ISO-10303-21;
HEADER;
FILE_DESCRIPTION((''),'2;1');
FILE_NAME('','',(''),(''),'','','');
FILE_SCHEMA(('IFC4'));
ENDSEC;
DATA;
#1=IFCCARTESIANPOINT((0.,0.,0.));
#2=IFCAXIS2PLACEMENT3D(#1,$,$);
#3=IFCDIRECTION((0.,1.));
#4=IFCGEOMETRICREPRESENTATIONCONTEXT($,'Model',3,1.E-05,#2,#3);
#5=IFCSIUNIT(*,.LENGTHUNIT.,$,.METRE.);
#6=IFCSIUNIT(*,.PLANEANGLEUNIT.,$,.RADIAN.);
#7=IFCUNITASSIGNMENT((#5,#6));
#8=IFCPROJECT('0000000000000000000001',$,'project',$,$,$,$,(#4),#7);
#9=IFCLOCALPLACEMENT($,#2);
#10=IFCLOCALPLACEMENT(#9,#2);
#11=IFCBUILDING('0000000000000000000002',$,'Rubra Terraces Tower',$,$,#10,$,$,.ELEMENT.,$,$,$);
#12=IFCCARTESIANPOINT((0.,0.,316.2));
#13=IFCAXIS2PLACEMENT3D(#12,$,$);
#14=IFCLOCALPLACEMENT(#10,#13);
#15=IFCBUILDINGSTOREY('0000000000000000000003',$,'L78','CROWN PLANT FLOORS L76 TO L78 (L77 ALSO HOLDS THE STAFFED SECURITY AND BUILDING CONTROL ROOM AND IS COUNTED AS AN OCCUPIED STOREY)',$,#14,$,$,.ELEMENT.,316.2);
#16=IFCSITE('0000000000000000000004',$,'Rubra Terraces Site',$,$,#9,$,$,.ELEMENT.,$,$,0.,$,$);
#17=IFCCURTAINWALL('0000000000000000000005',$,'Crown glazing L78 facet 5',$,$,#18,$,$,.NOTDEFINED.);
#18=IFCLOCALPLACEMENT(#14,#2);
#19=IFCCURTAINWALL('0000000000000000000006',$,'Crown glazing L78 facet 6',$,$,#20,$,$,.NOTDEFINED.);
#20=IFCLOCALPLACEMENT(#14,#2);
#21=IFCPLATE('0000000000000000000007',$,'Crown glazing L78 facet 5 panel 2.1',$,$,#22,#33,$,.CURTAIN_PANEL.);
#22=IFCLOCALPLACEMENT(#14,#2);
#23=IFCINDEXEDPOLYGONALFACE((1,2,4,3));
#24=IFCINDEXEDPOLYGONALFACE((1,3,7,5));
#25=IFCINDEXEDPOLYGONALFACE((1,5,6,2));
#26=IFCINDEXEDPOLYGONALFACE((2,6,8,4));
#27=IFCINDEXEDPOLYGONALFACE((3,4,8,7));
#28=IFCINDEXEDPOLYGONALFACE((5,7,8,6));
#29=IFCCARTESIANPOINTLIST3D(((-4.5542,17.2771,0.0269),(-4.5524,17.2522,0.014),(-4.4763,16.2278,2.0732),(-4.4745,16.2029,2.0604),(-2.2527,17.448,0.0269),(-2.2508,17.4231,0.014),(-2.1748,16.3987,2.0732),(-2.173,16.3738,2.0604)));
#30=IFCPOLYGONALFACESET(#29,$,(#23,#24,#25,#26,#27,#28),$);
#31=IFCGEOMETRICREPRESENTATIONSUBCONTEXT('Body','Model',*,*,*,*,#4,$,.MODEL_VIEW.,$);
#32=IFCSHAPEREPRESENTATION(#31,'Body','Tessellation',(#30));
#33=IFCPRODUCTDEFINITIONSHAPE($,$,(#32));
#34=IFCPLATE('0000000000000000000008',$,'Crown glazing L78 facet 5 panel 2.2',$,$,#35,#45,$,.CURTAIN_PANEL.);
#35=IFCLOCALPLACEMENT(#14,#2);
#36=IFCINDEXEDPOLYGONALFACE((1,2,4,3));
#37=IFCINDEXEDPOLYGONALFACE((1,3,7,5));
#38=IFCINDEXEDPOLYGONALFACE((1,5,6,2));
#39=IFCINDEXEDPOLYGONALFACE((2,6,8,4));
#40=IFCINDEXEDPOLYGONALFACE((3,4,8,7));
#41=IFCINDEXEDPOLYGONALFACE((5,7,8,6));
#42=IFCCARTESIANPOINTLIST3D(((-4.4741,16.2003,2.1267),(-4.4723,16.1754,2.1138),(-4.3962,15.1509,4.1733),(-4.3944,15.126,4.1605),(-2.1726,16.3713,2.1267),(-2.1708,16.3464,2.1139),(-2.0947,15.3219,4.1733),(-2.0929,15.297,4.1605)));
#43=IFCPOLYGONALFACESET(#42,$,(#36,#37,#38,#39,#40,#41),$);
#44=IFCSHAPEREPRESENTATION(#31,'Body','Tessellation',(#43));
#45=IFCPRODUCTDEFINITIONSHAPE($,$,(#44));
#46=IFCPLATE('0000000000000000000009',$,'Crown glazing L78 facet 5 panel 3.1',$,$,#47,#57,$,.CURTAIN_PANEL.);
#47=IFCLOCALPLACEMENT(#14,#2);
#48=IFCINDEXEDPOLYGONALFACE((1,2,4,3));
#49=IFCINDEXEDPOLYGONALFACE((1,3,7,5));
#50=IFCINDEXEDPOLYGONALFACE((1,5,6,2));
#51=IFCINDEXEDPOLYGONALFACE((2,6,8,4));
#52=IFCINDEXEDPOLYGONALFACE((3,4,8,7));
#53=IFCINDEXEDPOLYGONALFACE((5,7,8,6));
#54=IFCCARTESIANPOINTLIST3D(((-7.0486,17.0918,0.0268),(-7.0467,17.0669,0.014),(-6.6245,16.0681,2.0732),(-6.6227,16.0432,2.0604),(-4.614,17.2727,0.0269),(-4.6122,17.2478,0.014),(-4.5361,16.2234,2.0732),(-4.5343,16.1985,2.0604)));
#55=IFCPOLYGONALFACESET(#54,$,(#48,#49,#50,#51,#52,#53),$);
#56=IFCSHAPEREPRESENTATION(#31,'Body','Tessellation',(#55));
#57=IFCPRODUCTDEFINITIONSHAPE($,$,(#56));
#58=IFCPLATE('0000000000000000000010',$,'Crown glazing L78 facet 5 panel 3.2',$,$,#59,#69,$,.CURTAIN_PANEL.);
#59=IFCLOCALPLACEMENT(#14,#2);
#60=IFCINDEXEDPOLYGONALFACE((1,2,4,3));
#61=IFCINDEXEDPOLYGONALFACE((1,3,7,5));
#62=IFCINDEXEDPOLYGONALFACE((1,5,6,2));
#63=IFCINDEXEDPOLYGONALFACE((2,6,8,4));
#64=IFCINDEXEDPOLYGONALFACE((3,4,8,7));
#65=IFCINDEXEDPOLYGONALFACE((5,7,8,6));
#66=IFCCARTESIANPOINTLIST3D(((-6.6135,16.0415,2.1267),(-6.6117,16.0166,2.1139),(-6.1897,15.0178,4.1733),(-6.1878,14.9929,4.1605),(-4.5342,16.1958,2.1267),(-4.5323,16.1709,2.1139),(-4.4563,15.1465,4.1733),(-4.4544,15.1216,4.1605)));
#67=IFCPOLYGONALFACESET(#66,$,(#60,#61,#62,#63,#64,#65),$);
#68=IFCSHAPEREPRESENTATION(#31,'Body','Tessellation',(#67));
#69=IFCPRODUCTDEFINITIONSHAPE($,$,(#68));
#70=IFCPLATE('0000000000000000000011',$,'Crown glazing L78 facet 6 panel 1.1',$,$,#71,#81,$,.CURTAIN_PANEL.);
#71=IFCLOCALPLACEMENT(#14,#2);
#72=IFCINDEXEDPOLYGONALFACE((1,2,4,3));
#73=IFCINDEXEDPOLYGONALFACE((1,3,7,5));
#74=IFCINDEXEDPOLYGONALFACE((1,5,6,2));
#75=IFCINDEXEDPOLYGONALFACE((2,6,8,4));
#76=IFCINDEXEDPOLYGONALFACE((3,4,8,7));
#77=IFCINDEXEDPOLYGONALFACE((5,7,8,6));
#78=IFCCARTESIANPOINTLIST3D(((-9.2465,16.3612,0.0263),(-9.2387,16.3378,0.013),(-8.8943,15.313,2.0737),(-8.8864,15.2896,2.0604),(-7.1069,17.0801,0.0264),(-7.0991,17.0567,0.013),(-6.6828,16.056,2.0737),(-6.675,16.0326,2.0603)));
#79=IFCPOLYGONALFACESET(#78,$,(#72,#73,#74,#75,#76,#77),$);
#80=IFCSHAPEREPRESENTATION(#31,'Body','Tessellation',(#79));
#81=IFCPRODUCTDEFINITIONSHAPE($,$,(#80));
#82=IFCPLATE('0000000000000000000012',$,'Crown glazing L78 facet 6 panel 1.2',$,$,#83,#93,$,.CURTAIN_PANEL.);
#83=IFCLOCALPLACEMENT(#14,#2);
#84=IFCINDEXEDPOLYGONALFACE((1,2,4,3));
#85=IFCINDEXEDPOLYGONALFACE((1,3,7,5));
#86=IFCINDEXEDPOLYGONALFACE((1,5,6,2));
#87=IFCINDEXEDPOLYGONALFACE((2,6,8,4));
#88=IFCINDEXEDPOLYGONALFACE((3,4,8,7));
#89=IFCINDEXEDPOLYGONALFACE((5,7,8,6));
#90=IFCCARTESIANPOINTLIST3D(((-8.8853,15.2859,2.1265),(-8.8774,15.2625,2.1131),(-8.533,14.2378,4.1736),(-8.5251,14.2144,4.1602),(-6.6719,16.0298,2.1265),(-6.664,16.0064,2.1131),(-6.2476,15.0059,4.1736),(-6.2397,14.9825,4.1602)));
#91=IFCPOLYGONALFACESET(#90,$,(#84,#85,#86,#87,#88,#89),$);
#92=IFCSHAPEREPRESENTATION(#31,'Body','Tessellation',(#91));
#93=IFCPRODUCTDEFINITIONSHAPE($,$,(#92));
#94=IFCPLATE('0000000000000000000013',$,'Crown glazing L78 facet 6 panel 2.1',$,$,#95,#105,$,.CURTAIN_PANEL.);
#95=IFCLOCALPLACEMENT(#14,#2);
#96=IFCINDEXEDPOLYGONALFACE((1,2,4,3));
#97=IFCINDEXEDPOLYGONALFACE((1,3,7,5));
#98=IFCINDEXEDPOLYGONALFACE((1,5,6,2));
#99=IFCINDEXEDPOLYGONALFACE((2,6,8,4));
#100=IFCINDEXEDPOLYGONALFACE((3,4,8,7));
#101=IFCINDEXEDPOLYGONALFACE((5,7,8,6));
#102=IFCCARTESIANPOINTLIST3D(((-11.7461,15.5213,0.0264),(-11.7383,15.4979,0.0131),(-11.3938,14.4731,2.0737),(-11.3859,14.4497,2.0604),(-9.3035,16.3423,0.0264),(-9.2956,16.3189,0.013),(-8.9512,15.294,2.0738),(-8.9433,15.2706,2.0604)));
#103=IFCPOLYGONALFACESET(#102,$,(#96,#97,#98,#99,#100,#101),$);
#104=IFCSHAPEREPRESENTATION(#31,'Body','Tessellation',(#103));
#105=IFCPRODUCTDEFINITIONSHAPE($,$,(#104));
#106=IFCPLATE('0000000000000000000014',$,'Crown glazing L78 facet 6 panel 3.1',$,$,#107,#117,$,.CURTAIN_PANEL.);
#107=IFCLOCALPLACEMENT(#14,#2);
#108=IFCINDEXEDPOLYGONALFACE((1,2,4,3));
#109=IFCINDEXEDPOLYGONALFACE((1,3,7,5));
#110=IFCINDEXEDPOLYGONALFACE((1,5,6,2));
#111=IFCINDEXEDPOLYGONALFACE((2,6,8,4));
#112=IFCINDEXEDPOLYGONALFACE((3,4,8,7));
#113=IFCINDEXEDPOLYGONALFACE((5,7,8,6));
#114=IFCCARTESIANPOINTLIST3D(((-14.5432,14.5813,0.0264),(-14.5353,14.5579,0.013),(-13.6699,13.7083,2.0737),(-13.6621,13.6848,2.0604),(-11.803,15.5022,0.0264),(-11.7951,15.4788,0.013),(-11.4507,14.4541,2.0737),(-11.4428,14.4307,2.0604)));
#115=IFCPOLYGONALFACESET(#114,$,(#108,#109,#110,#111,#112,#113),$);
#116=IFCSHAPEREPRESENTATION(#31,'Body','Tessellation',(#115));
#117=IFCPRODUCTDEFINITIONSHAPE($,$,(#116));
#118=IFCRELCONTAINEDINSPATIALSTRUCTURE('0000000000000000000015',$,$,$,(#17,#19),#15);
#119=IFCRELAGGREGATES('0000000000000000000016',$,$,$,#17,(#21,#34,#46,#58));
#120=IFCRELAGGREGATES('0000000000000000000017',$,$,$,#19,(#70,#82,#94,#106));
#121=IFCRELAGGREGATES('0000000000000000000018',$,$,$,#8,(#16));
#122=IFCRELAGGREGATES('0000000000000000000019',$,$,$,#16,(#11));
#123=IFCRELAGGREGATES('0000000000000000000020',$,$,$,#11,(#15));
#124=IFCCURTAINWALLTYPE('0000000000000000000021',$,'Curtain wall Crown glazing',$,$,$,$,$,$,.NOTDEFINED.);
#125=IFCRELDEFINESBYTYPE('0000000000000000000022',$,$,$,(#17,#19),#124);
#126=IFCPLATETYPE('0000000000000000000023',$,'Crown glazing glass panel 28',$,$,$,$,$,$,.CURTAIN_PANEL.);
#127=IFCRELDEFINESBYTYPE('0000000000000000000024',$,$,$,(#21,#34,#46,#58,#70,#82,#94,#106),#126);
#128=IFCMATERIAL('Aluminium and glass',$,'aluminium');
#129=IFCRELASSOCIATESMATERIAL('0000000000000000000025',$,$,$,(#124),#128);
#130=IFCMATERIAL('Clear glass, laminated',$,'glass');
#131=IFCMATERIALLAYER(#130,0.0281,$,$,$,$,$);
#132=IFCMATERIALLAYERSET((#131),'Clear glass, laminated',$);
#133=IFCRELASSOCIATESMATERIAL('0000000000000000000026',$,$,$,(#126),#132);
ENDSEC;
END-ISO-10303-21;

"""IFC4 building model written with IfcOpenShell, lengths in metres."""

from ifc_helpers import new_model, si_unit, direction, frame, origin, place, context, subcontext, project, spatial, polyline, outline, extrude, material, layer, layer_set, type_object, element, aggregate, save


model = new_model("IFC4")

# Units and contexts
model_context = context("Model", 3, precision=1e-05, world=origin(), true_north=direction((0.0, 1.0)))
body_context = subcontext(model_context, "Body", "Model", "MODEL_VIEW")
ifc_project = project(units=[si_unit("LENGTHUNIT", "METRE"), si_unit("PLANEANGLEUNIT", "RADIAN")], contexts=[model_context])

# Site, building, storey
site_placement = place(None, origin())
site = spatial("IfcSite", under=ifc_project, at=site_placement, Name="Rubra Terraces Site", CompositionType="ELEMENT", RefElevation=0.0)
building_placement = place(site_placement, origin())
building = spatial("IfcBuilding", under=site, at=building_placement, Name="Rubra Terraces Tower", CompositionType="ELEMENT")
storey_placement = place(building_placement, frame((0.0, 0.0, 316.2)))
storey = spatial("IfcBuildingStorey", under=building, at=storey_placement, Name="L78", Description="CROWN PLANT FLOORS L76 TO L78 (L77 ALSO HOLDS THE STAFFED SECURITY AND BUILDING CONTROL ROOM AND IS COUNTED AS AN OCCUPIED STOREY)", CompositionType="ELEMENT", Elevation=316.2)

# Curtain walls
ifc_material_1 = material(Name="Aluminium and glass", Category="aluminium")
curtain_wall_type = type_object("IfcCurtainWallType", Name="Curtain wall Crown glazing", PredefinedType="NOTDEFINED", material=ifc_material_1)
curtain_wall_1_placement = place(storey_placement, origin())
curtain_wall_1 = element("IfcCurtainWall", 1, at=curtain_wall_1_placement, inside=storey, type_object=curtain_wall_type, Name="Crown glazing L78 facet 5", PredefinedType="NOTDEFINED")
curtain_wall_2_placement = place(storey_placement, origin())
curtain_wall_2 = element("IfcCurtainWall", 2, at=curtain_wall_2_placement, inside=storey, type_object=curtain_wall_type, Name="Crown glazing L78 facet 6", PredefinedType="NOTDEFINED")

# Plates
ifc_material_2 = material(Name="Clear glass, laminated", Category="glass")
ifc_layer = layer(ifc_material_2, 0.0281)
ifc_layer_set = layer_set([ifc_layer], Name="Clear glass, laminated")
plate_type = type_object("IfcPlateType", Name="Crown glazing glass panel 28", PredefinedType="CURTAIN_PANEL", material=ifc_layer_set)
plate_1_placement = place(storey_placement, frame((-2.2527, 17.448, 0.0269), z_axis=(-0.065856, 0.886886, 0.457271), x_axis=(-0.997254, -0.074051, 0.0)))
plate_1 = element("IfcPlate", 3, at=plate_1_placement, type_object=plate_type, Name="Crown glazing L78 facet 5 panel 2.1", PredefinedType="CURTAIN_PANEL", context=body_context, shape_type="SweptSolid", body=[
    extrude(outline(polyline([(0.0, 0.0), (2.3078, 0.0), (2.3079, 2.301), (0.0, 2.301), (0.0, 0.0)])), origin(), (0.0, 0.0, -1.0), 0.0281),
])
plate_2_placement = place(storey_placement, frame((-2.1726, 16.3713, 2.1267), z_axis=(-0.065902, 0.886883, 0.457269), x_axis=(-0.997251, -0.074093, -0.000021)))
plate_2 = element("IfcPlate", 4, at=plate_2_placement, type_object=plate_type, Name="Crown glazing L78 facet 5 panel 2.2", PredefinedType="CURTAIN_PANEL", context=body_context, shape_type="SweptSolid", body=[
    extrude(outline(polyline([(0.0, 0.0), (2.3078, 0.0), (2.3079, 2.3014), (0.0, 2.3013), (0.0, 0.0)])), origin(), (0.0, 0.0, -1.0), 0.0281),
])
plate_3_placement = place(storey_placement, frame((-4.614, 17.2727, 0.0269), z_axis=(-0.065919, 0.886873, 0.457287), x_axis=(-0.997249, -0.074119, -0.000008)))
plate_3 = element("IfcPlate", 5, at=plate_3_placement, type_object=plate_type, Name="Crown glazing L78 facet 5 panel 3.1", PredefinedType="CURTAIN_PANEL", context=body_context, shape_type="SweptSolid", body=[
    extrude(outline(polyline([(0.0, 0.0), (2.4413, 0.0), (2.0942, 2.3011), (0.0001, 2.301), (0.0, 0.0)])), origin(), (0.0, 0.0, -1.0), 0.0281),
])
plate_4_placement = place(storey_placement, frame((-4.5342, 16.1958, 2.1267), z_axis=(-0.065821, 0.886907, 0.457234), x_axis=(-0.997258, -0.074009, -0.000004)))
plate_4 = element("IfcPlate", 6, at=plate_4_placement, type_object=plate_type, Name="Crown glazing L78 facet 5 panel 3.2", PredefinedType="CURTAIN_PANEL", context=body_context, shape_type="SweptSolid", body=[
    extrude(outline(polyline([(0.0, 0.0), (2.0851, 0.0), (1.7382, 2.3013), (0.0, 2.3013), (0.0, 0.0)])), origin(), (0.0, 0.0, -1.0), 0.0281),
])
aggregate(curtain_wall_1, [plate_1, plate_2, plate_3, plate_4])
plate_5_placement = place(storey_placement, frame((-7.1069, 17.0801, 0.0264), z_axis=(-0.28023, 0.834045, 0.475227), x_axis=(-0.94793, -0.318479, -0.000026)))
plate_5 = element("IfcPlate", 7, at=plate_5_placement, type_object=plate_type, Name="Crown glazing L78 facet 6 panel 1.1", PredefinedType="CURTAIN_PANEL", context=body_context, shape_type="SweptSolid", body=[
    extrude(outline(polyline([(0.0, 0.0), (2.2571, 0.0), (2.257, 2.327), (-0.0759, 2.3268), (0.0, 0.0)])), origin(), (0.0, 0.0, -1.0), 0.0281),
])
plate_6_placement = place(storey_placement, frame((-6.6719, 16.0298, 2.1265), z_axis=(-0.280297, 0.834011, 0.475246), x_axis=(-0.947898, -0.318574, 0.000003)))
plate_6 = element("IfcPlate", 8, at=plate_6_placement, type_object=plate_type, Name="Crown glazing L78 facet 6 panel 1.2", PredefinedType="CURTAIN_PANEL", context=body_context, shape_type="SweptSolid", body=[
    extrude(outline(polyline([(0.0, 0.0), (2.335, 0.0), (2.335, 2.3267), (-0.076, 2.3267), (0.0, 0.0)])), origin(), (0.0, 0.0, -1.0), 0.0281),
])
plate_7_placement = place(storey_placement, frame((-9.3035, 16.3423, 0.0264), z_axis=(-0.280298, 0.834017, 0.475235), x_axis=(-0.947896, -0.318581, 0.000019)))
plate_7 = element("IfcPlate", 9, at=plate_7_placement, type_object=plate_type, Name="Crown glazing L78 facet 6 panel 2.1", PredefinedType="CURTAIN_PANEL", context=body_context, shape_type="SweptSolid", body=[
    extrude(outline(polyline([(0.0, 0.0), (2.5769, 0.0), (2.5769, 2.3269), (0.0001, 2.327), (0.0, 0.0)])), origin(), (0.0, 0.0, -1.0), 0.0281),
])
plate_8_placement = place(storey_placement, frame((-11.803, 15.5022, 0.0264), z_axis=(-0.280297, 0.834035, 0.475204), x_axis=(-0.947902, -0.318563, -0.000003)))
plate_8 = element("IfcPlate", 10, at=plate_8_placement, type_object=plate_type, Name="Crown glazing L78 facet 6 panel 3.1", PredefinedType="CURTAIN_PANEL", context=body_context, shape_type="SweptSolid", body=[
    extrude(outline(polyline([(0.0, 0.0), (2.8908, 0.0), (2.3412, 2.3269), (-0.0001, 2.3269), (0.0, 0.0)])), origin(), (0.0, 0.0, -1.0), 0.0281),
])
aggregate(curtain_wall_2, [plate_5, plate_6, plate_7, plate_8])

save(model, "model.ifc")
